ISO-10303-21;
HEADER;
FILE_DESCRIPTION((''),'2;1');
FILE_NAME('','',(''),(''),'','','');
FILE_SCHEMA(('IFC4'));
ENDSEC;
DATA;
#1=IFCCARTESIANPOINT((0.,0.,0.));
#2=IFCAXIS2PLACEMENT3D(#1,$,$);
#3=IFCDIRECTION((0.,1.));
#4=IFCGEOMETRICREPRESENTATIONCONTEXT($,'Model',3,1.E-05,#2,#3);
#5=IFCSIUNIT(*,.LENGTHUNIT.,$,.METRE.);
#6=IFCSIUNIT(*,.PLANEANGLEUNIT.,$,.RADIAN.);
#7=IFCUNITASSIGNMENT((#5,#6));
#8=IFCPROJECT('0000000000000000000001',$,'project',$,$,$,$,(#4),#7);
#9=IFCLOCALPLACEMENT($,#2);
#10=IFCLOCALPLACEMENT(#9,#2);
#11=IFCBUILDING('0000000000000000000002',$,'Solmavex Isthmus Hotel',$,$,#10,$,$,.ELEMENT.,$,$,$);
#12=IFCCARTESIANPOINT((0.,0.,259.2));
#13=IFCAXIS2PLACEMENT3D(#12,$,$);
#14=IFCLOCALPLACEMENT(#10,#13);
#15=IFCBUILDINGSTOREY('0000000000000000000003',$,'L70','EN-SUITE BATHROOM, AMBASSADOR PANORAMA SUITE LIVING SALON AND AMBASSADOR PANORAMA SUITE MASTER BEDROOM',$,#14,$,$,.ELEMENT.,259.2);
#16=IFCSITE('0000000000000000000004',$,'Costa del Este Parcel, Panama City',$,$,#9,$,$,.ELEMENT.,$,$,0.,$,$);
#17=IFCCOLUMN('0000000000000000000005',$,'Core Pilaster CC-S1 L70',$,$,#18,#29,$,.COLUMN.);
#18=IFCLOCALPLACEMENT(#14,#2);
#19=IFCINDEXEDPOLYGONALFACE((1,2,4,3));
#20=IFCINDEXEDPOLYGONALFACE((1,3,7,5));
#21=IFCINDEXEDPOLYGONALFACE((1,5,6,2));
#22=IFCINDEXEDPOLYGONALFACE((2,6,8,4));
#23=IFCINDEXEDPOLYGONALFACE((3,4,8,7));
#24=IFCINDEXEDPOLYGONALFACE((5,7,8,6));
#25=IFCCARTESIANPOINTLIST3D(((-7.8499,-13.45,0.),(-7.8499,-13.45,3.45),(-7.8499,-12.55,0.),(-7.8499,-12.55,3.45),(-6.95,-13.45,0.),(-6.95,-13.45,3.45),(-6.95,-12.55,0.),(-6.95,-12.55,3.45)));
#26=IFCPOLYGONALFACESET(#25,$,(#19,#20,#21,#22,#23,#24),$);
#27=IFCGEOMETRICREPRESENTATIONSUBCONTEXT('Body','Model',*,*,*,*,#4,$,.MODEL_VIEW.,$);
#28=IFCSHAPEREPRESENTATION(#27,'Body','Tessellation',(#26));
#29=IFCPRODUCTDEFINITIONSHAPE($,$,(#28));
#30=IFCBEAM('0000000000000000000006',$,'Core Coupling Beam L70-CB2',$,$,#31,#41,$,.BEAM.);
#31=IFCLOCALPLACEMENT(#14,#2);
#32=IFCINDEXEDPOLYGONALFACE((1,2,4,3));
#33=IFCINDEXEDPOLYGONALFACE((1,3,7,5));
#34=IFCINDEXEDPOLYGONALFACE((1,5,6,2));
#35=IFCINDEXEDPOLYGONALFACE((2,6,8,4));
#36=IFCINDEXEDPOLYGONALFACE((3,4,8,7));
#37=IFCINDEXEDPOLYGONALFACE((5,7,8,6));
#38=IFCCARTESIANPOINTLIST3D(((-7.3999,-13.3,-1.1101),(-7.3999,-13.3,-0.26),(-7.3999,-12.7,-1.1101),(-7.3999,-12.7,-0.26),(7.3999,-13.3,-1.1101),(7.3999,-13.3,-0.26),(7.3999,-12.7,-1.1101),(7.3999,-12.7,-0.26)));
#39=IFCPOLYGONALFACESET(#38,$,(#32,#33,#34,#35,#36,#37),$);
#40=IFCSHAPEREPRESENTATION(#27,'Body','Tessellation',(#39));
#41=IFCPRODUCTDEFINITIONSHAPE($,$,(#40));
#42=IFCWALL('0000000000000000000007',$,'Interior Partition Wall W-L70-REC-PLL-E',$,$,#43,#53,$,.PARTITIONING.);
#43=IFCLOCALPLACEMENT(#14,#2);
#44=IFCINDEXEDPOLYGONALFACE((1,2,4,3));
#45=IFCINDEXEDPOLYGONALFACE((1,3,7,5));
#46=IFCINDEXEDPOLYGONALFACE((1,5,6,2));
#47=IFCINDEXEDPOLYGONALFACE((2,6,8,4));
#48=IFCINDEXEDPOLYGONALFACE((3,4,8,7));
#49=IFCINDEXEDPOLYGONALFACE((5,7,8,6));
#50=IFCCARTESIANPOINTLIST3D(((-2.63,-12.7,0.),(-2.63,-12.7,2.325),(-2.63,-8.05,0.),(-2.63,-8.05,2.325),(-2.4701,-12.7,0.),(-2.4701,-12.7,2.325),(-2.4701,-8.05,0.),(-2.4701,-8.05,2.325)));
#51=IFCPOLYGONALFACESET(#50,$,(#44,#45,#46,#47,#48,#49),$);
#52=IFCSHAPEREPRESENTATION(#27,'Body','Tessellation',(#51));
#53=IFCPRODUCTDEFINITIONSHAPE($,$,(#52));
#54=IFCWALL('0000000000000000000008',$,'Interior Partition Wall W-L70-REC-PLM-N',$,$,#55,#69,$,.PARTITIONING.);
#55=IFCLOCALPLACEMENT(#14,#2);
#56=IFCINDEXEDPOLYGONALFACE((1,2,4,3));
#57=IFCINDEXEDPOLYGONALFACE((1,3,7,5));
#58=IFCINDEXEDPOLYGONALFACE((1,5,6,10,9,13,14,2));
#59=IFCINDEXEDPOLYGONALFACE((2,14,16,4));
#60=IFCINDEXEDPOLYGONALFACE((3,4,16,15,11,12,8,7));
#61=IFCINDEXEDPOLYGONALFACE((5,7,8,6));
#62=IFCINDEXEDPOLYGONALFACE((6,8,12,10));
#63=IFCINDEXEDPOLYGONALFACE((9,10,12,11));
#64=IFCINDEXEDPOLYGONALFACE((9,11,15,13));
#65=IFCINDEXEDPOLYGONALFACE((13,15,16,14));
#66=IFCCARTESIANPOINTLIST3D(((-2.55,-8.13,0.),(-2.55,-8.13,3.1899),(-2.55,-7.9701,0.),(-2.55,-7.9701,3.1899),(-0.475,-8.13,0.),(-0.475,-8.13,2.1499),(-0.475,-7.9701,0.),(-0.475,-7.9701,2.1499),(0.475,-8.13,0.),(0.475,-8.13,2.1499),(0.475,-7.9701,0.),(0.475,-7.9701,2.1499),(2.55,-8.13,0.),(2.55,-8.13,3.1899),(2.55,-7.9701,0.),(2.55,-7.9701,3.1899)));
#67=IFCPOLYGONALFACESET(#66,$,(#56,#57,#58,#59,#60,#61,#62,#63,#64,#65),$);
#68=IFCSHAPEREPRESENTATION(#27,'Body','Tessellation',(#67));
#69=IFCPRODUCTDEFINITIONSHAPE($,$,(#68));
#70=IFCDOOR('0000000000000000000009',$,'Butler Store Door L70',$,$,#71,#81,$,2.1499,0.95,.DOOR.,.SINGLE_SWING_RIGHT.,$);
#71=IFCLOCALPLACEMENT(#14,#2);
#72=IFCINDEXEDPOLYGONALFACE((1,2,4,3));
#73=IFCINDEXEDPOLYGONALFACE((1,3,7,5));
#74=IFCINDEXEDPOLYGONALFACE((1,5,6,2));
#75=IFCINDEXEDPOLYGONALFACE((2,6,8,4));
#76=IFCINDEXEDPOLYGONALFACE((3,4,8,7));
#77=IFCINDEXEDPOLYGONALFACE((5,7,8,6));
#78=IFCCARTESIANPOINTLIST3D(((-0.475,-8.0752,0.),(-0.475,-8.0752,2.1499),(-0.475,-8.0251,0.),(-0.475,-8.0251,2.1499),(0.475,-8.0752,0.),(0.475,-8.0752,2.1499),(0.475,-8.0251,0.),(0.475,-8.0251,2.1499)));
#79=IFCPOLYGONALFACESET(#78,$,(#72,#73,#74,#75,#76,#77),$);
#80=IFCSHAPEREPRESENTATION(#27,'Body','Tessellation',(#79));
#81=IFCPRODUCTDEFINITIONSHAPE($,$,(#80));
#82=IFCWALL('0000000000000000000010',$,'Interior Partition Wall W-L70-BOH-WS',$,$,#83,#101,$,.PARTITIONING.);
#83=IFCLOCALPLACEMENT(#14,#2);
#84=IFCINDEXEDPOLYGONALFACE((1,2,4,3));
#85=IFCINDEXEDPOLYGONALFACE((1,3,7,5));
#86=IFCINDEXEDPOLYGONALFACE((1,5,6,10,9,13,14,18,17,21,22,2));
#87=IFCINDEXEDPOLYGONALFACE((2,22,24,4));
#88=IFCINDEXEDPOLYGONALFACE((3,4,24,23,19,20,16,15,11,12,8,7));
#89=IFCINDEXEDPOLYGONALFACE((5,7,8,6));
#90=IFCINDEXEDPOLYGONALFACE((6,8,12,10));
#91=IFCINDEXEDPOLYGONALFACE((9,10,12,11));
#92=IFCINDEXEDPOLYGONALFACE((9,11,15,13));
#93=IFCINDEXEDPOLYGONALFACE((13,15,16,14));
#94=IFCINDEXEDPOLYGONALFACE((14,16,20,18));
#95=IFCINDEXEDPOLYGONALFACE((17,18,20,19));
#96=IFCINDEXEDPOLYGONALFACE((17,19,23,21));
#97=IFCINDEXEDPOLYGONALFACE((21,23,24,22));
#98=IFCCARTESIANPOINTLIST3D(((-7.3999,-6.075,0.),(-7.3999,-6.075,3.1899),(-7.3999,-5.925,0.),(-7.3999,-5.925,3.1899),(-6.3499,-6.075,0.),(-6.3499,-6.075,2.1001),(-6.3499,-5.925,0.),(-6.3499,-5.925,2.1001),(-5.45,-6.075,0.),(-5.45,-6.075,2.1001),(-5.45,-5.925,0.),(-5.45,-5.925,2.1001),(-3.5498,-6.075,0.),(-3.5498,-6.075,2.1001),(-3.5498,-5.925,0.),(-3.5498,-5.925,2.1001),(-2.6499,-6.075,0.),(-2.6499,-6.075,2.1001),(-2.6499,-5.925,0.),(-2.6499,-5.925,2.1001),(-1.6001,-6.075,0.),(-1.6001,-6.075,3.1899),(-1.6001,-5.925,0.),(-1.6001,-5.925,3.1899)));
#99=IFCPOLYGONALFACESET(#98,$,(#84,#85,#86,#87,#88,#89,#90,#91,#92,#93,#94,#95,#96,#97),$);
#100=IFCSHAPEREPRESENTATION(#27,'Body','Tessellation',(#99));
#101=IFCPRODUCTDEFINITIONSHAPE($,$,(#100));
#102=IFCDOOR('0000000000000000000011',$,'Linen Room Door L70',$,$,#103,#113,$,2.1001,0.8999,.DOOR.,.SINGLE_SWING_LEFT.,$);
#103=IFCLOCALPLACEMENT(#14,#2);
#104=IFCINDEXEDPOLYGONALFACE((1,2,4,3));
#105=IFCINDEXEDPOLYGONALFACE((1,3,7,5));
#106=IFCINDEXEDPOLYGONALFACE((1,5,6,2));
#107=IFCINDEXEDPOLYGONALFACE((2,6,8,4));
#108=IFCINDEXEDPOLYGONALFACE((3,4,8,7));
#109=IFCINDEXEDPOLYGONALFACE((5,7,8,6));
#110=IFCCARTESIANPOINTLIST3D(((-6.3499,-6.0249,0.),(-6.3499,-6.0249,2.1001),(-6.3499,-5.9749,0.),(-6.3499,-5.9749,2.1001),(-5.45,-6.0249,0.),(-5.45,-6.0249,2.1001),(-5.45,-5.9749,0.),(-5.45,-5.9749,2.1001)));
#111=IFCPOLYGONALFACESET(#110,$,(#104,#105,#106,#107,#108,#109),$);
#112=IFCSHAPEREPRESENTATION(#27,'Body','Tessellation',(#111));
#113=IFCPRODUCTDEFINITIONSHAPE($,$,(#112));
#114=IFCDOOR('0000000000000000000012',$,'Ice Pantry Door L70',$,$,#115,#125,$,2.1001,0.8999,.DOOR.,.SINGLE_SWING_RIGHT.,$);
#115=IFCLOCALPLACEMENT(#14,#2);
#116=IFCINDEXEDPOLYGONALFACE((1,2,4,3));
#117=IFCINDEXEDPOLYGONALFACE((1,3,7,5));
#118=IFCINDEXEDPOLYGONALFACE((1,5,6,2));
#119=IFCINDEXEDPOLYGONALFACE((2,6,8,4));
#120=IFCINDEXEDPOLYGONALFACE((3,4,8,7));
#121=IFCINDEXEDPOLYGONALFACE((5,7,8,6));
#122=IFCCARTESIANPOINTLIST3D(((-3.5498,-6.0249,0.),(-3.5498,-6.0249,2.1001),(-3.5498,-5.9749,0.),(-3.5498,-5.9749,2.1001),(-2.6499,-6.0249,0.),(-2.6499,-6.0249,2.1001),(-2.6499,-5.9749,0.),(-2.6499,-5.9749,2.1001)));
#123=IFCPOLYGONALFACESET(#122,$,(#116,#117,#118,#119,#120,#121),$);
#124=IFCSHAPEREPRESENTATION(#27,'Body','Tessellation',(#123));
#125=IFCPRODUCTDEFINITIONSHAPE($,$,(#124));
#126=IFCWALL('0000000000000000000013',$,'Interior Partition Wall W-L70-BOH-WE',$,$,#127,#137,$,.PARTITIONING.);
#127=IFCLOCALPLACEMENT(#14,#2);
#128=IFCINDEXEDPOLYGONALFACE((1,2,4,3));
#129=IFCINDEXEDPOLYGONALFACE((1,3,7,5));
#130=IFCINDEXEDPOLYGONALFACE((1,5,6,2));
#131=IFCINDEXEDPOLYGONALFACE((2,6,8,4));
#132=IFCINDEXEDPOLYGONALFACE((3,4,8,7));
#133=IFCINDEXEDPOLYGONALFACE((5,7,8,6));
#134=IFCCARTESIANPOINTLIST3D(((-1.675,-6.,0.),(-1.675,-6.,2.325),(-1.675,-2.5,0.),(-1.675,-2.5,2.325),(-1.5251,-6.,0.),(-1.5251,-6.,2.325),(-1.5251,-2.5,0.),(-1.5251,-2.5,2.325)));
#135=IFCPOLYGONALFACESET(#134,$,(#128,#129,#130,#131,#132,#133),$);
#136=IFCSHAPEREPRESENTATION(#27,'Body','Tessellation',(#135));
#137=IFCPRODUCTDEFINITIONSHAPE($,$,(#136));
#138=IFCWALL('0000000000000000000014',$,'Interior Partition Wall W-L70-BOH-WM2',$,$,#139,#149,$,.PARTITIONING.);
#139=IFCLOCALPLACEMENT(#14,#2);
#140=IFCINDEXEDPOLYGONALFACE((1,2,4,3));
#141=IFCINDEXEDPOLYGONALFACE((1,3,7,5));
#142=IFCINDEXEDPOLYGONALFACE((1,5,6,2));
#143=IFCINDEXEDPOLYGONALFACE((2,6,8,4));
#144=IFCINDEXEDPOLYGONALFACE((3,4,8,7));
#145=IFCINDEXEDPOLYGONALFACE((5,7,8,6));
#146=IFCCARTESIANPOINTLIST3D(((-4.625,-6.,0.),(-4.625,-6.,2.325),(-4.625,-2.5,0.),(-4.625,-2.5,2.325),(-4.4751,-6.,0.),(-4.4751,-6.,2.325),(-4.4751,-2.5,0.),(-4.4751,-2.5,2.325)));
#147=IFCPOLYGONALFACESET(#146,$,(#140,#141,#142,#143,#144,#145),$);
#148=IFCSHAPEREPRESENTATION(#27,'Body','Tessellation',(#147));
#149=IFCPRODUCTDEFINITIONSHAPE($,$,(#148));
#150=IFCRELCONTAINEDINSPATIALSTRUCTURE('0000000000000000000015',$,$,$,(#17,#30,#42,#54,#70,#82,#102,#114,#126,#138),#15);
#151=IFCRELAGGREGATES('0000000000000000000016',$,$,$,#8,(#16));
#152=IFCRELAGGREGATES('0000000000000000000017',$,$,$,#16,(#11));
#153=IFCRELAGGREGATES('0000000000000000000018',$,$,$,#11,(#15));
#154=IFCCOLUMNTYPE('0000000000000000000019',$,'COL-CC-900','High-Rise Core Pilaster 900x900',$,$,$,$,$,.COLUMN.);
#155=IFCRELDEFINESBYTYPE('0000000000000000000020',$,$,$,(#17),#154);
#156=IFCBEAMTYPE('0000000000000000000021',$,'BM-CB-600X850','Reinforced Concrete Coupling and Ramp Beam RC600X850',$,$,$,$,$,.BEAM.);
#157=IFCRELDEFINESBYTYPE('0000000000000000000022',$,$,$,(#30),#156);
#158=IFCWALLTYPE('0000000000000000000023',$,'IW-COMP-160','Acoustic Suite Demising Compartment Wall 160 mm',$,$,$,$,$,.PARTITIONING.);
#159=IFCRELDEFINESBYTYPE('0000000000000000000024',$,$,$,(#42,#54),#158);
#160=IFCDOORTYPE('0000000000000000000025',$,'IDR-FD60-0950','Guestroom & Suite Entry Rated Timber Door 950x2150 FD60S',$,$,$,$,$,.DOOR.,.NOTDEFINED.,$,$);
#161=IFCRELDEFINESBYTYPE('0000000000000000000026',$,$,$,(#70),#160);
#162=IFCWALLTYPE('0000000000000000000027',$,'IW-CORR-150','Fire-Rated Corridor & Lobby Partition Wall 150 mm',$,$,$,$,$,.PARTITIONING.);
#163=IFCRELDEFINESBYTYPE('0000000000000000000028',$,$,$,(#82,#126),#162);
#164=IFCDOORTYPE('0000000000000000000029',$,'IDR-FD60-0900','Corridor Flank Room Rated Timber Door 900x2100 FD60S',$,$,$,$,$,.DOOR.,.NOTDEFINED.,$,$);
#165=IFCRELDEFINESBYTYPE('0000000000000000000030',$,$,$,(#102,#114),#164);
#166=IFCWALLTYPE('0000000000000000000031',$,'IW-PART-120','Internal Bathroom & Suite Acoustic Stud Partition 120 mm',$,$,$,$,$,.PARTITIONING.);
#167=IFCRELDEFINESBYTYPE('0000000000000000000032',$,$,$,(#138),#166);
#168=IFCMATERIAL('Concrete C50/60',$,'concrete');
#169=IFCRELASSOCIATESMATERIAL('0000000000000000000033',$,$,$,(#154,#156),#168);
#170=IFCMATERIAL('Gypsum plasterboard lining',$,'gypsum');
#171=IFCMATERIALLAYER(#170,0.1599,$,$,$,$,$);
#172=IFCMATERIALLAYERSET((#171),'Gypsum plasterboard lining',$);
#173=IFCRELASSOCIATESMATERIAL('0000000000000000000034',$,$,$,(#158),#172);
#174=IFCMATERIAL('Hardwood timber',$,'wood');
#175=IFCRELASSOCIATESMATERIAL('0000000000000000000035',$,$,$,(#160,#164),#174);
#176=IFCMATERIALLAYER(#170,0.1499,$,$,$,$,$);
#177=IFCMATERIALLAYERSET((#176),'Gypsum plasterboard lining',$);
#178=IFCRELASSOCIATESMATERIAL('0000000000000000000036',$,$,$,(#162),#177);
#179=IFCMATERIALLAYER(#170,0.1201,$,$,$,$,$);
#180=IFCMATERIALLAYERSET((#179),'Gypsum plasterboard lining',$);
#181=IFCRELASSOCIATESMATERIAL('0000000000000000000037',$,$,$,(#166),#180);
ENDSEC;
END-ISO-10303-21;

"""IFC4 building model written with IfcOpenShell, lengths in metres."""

from ifc_helpers import new_model, si_unit, direction, frame, frame_2d, origin, origin_2d, place, context, subcontext, project, spatial, rectangle, extrude, material, layer, layer_set, material_profile, profile_set, type_object, element, fill, save


model = new_model("IFC4")

# Units and contexts
model_context = context("Model", 3, precision=1e-05, world=origin(), true_north=direction((0.0, 1.0)))
body_context = subcontext(model_context, "Body", "Model", "MODEL_VIEW")
ifc_project = project(units=[si_unit("LENGTHUNIT", "METRE"), si_unit("PLANEANGLEUNIT", "RADIAN")], contexts=[model_context])

# Site, building, storey
site_placement = place(None, origin())
site = spatial("IfcSite", under=ifc_project, at=site_placement, Name="Costa del Este Parcel, Panama City", CompositionType="ELEMENT", RefElevation=0.0)
building_placement = place(site_placement, origin())
building = spatial("IfcBuilding", under=site, at=building_placement, Name="Solmavex Isthmus Hotel", CompositionType="ELEMENT")
storey_placement = place(building_placement, frame((0.0, 0.0, 259.2)))
storey = spatial("IfcBuildingStorey", under=building, at=storey_placement, Name="L70", Description="EN-SUITE BATHROOM, AMBASSADOR PANORAMA SUITE LIVING SALON AND AMBASSADOR PANORAMA SUITE MASTER BEDROOM", CompositionType="ELEMENT", Elevation=259.2)

# Column
ifc_material_1 = material(Name="Concrete C50/60", Category="concrete")
ifc_material_profile_1 = material_profile(ifc_material_1, rectangle(XDim=0.8999, YDim=0.8999, at=origin_2d()), Name="RC900X900")
ifc_profile_set_1 = profile_set([ifc_material_profile_1], Name="Concrete C50/60")
column_type = type_object("IfcColumnType", Name="COL-CC-900", Description="High-Rise Core Pilaster 900x900", PredefinedType="COLUMN", material=ifc_profile_set_1)
column_placement = place(storey_placement, frame((-7.3999, -13.0, 0.0), z_axis=(0.0, 0.0, 1.0), x_axis=(1.0, 0.0, 0.0)))
element("IfcColumn", 1, at=column_placement, inside=storey, type_object=column_type, Name="Core Pilaster CC-S1 L70", PredefinedType="COLUMN", context=body_context, shape_type="SweptSolid", body=[
    extrude(rectangle(XDim=0.8999, YDim=0.8999, at=origin_2d()), origin(), (0.0, 0.0, 1.0), 3.45),
])

# Beam
ifc_material_profile_2 = material_profile(ifc_material_1, rectangle(XDim=0.6001, YDim=0.8501, at=origin_2d()), Name="RC600X850")
ifc_profile_set_2 = profile_set([ifc_material_profile_2], Name="Concrete C50/60")
beam_type = type_object("IfcBeamType", Name="BM-CB-600X850", Description="Reinforced Concrete Coupling and Ramp Beam RC600X850", PredefinedType="BEAM", material=ifc_profile_set_2)
beam_placement = place(storey_placement, frame((-7.3999, -13.0, -0.6851), z_axis=(1.0, 0.0, 0.0), x_axis=(0.0, 1.0, 0.0)))
element("IfcBeam", 2, at=beam_placement, inside=storey, type_object=beam_type, Name="Core Coupling Beam L70-CB2", PredefinedType="BEAM", context=body_context, shape_type="SweptSolid", body=[
    extrude(rectangle(XDim=0.6001, YDim=0.8501, at=origin_2d()), origin(), (0.0, 0.0, 1.0), 14.7998),
])

# Shared definitions
ifc_material_2 = material(Name="Gypsum plasterboard lining", Category="gypsum")
ifc_layer_1 = layer(ifc_material_2, 0.1599)
ifc_layer_set_1 = layer_set([ifc_layer_1], Name="Gypsum plasterboard lining")
wall_type_1 = type_object("IfcWallType", Name="IW-COMP-160", Description="Acoustic Suite Demising Compartment Wall 160 mm", PredefinedType="PARTITIONING", material=ifc_layer_set_1)
ifc_material_3 = material(Name="Hardwood timber", Category="wood")
door_type_1 = type_object("IfcDoorType", Name="IDR-FD60-0950", Description="Guestroom & Suite Entry Rated Timber Door 950x2150 FD60S", OperationType="NOTDEFINED", PredefinedType="DOOR", material=ifc_material_3)

# Wall
wall_1_placement = place(storey_placement, frame((-2.55, -12.7, 0.0), z_axis=(0.0, 0.0, 1.0), x_axis=(0.0, 1.0, 0.0)))
element("IfcWall", 3, at=wall_1_placement, inside=storey, type_object=wall_type_1, Name="Interior Partition Wall W-L70-REC-PLL-E", PredefinedType="PARTITIONING", context=body_context, shape_type="SweptSolid", body=[
    extrude(rectangle(XDim=4.6499, YDim=0.1599, at=frame_2d((2.325, 0.0))), origin(), (0.0, 0.0, 1.0), 2.325),
])

# Wall, opening, door
wall_2_placement = place(storey_placement, frame((-2.55, -8.05, 0.0), z_axis=(0.0, 0.0, 1.0), x_axis=(1.0, 0.0, 0.0)))
wall_2 = element("IfcWall", 4, at=wall_2_placement, inside=storey, type_object=wall_type_1, Name="Interior Partition Wall W-L70-REC-PLM-N", PredefinedType="PARTITIONING", context=body_context, shape_type="SweptSolid", body=[
    extrude(rectangle(XDim=5.1001, YDim=0.1599, at=frame_2d((2.55, 0.0))), origin(), (0.0, 0.0, 1.0), 3.1899),
])
opening_1_placement = place(wall_2_placement, frame((2.075, 0.0, 0.0)))
opening_1 = element("IfcOpeningElement", 5, at=opening_1_placement, cuts=wall_2, PredefinedType="OPENING", context=body_context, shape_type="SweptSolid", body=[
    extrude(rectangle(XDim=0.95, YDim=2.1499, at=frame_2d((0.4751, 1.075))), frame((0.0, 0.0898, 0.0), z_axis=(0.0, -1.0, 0.0), x_axis=(1.0, 0.0, 0.0)), (0.0, 0.0, 1.0), 0.1799),
])
door_1_placement = place(opening_1_placement, origin())
door_1 = element("IfcDoor", 6, at=door_1_placement, inside=storey, type_object=door_type_1, Name="Butler Store Door L70", OperationType="SINGLE_SWING_RIGHT", OverallHeight=2.1499, OverallWidth=0.95, PredefinedType="DOOR", context=body_context, shape_type="SweptSolid", body=[
    extrude(rectangle(XDim=0.95, YDim=2.1499, at=frame_2d((0.4751, 1.075))), frame((0.0, 0.0249, 0.0), z_axis=(0.0, -1.0, 0.0), x_axis=(1.0, 0.0, 0.0)), (0.0, 0.0, 1.0), 0.05),
])
fill(opening_1, door_1)

# Wall, openings, doors
ifc_layer_2 = layer(ifc_material_2, 0.1499)
ifc_layer_set_2 = layer_set([ifc_layer_2], Name="Gypsum plasterboard lining")
wall_type_2 = type_object("IfcWallType", Name="IW-CORR-150", Description="Fire-Rated Corridor & Lobby Partition Wall 150 mm", PredefinedType="PARTITIONING", material=ifc_layer_set_2)
wall_3_placement = place(storey_placement, frame((-7.3999, -6.0, 0.0), z_axis=(0.0, 0.0, 1.0), x_axis=(1.0, 0.0, 0.0)))
wall_3 = element("IfcWall", 7, at=wall_3_placement, inside=storey, type_object=wall_type_2, Name="Interior Partition Wall W-L70-BOH-WS", PredefinedType="PARTITIONING", context=body_context, shape_type="SweptSolid", body=[
    extrude(rectangle(XDim=5.7998, YDim=0.1499, at=frame_2d((2.8999, 0.0))), origin(), (0.0, 0.0, 1.0), 3.1899),
])
opening_2_placement = place(wall_3_placement, frame((1.05, 0.0, 0.0)))
opening_2 = element("IfcOpeningElement", 8, at=opening_2_placement, cuts=wall_3, PredefinedType="OPENING", context=body_context, shape_type="SweptSolid", body=[
    extrude(rectangle(XDim=0.8999, YDim=2.1001, at=frame_2d((0.45, 1.05))), frame((0.0, 0.085, 0.0), z_axis=(0.0, -1.0, 0.0), x_axis=(1.0, 0.0, 0.0)), (0.0, 0.0, 1.0), 0.1699),
])
opening_3_placement = place(wall_3_placement, frame((3.8501, 0.0, 0.0)))
opening_3 = element("IfcOpeningElement", 9, at=opening_3_placement, cuts=wall_3, PredefinedType="OPENING", context=body_context, shape_type="SweptSolid", body=[
    extrude(rectangle(XDim=0.8999, YDim=2.1001, at=frame_2d((0.45, 1.05))), frame((0.0, 0.085, 0.0), z_axis=(0.0, -1.0, 0.0), x_axis=(1.0, 0.0, 0.0)), (0.0, 0.0, 1.0), 0.1699),
])
door_type_2 = type_object("IfcDoorType", Name="IDR-FD60-0900", Description="Corridor Flank Room Rated Timber Door 900x2100 FD60S", OperationType="NOTDEFINED", PredefinedType="DOOR", material=ifc_material_3)
door_2_placement = place(opening_2_placement, frame((0.8999, 0.0, 0.0), z_axis=(0.0, 0.0, 1.0), x_axis=(-1.0, 0.0, 0.0)))
door_2 = element("IfcDoor", 10, at=door_2_placement, inside=storey, type_object=door_type_2, Name="Linen Room Door L70", OperationType="SINGLE_SWING_LEFT", OverallHeight=2.1001, OverallWidth=0.8999, PredefinedType="DOOR", context=body_context, shape_type="SweptSolid", body=[
    extrude(rectangle(XDim=0.8999, YDim=2.1001, at=frame_2d((0.45, 1.05))), frame((0.0, 0.0249, 0.0), z_axis=(0.0, -1.0, 0.0), x_axis=(1.0, 0.0, 0.0)), (0.0, 0.0, 1.0), 0.05),
])
fill(opening_2, door_2)
door_3_placement = place(opening_3_placement, frame((0.8999, 0.0, 0.0), z_axis=(0.0, 0.0, 1.0), x_axis=(-1.0, 0.0, 0.0)))
door_3 = element("IfcDoor", 11, at=door_3_placement, inside=storey, type_object=door_type_2, Name="Ice Pantry Door L70", OperationType="SINGLE_SWING_RIGHT", OverallHeight=2.1001, OverallWidth=0.8999, PredefinedType="DOOR", context=body_context, shape_type="SweptSolid", body=[
    extrude(rectangle(XDim=0.8999, YDim=2.1001, at=frame_2d((0.45, 1.05))), frame((0.0, 0.0249, 0.0), z_axis=(0.0, -1.0, 0.0), x_axis=(1.0, 0.0, 0.0)), (0.0, 0.0, 1.0), 0.05),
])
fill(opening_3, door_3)

# Walls
wall_4_placement = place(storey_placement, frame((-1.6001, -6.0, 0.0), z_axis=(0.0, 0.0, 1.0), x_axis=(0.0, 1.0, 0.0)))
element("IfcWall", 12, at=wall_4_placement, inside=storey, type_object=wall_type_2, Name="Interior Partition Wall W-L70-BOH-WE", PredefinedType="PARTITIONING", context=body_context, shape_type="SweptSolid", body=[
    extrude(rectangle(XDim=3.5, YDim=0.1499, at=frame_2d((1.75, 0.0))), origin(), (0.0, 0.0, 1.0), 2.325),
])
ifc_layer_3 = layer(ifc_material_2, 0.1201)
ifc_layer_set_3 = layer_set([ifc_layer_3], Name="Gypsum plasterboard lining")
wall_type_3 = type_object("IfcWallType", Name="IW-PART-120", Description="Internal Bathroom & Suite Acoustic Stud Partition 120 mm", PredefinedType="PARTITIONING", material=ifc_layer_set_3)
wall_5_placement = place(storey_placement, frame((-4.55, -6.0, 0.0), z_axis=(0.0, 0.0, 1.0), x_axis=(0.0, 1.0, 0.0)))
element("IfcWall", 13, at=wall_5_placement, inside=storey, type_object=wall_type_3, Name="Interior Partition Wall W-L70-BOH-WM2", PredefinedType="PARTITIONING", context=body_context, shape_type="SweptSolid", body=[
    extrude(rectangle(XDim=3.5, YDim=0.1499, at=frame_2d((1.75, 0.0))), origin(), (0.0, 0.0, 1.0), 2.325),
])

save(model, "model.ifc")
